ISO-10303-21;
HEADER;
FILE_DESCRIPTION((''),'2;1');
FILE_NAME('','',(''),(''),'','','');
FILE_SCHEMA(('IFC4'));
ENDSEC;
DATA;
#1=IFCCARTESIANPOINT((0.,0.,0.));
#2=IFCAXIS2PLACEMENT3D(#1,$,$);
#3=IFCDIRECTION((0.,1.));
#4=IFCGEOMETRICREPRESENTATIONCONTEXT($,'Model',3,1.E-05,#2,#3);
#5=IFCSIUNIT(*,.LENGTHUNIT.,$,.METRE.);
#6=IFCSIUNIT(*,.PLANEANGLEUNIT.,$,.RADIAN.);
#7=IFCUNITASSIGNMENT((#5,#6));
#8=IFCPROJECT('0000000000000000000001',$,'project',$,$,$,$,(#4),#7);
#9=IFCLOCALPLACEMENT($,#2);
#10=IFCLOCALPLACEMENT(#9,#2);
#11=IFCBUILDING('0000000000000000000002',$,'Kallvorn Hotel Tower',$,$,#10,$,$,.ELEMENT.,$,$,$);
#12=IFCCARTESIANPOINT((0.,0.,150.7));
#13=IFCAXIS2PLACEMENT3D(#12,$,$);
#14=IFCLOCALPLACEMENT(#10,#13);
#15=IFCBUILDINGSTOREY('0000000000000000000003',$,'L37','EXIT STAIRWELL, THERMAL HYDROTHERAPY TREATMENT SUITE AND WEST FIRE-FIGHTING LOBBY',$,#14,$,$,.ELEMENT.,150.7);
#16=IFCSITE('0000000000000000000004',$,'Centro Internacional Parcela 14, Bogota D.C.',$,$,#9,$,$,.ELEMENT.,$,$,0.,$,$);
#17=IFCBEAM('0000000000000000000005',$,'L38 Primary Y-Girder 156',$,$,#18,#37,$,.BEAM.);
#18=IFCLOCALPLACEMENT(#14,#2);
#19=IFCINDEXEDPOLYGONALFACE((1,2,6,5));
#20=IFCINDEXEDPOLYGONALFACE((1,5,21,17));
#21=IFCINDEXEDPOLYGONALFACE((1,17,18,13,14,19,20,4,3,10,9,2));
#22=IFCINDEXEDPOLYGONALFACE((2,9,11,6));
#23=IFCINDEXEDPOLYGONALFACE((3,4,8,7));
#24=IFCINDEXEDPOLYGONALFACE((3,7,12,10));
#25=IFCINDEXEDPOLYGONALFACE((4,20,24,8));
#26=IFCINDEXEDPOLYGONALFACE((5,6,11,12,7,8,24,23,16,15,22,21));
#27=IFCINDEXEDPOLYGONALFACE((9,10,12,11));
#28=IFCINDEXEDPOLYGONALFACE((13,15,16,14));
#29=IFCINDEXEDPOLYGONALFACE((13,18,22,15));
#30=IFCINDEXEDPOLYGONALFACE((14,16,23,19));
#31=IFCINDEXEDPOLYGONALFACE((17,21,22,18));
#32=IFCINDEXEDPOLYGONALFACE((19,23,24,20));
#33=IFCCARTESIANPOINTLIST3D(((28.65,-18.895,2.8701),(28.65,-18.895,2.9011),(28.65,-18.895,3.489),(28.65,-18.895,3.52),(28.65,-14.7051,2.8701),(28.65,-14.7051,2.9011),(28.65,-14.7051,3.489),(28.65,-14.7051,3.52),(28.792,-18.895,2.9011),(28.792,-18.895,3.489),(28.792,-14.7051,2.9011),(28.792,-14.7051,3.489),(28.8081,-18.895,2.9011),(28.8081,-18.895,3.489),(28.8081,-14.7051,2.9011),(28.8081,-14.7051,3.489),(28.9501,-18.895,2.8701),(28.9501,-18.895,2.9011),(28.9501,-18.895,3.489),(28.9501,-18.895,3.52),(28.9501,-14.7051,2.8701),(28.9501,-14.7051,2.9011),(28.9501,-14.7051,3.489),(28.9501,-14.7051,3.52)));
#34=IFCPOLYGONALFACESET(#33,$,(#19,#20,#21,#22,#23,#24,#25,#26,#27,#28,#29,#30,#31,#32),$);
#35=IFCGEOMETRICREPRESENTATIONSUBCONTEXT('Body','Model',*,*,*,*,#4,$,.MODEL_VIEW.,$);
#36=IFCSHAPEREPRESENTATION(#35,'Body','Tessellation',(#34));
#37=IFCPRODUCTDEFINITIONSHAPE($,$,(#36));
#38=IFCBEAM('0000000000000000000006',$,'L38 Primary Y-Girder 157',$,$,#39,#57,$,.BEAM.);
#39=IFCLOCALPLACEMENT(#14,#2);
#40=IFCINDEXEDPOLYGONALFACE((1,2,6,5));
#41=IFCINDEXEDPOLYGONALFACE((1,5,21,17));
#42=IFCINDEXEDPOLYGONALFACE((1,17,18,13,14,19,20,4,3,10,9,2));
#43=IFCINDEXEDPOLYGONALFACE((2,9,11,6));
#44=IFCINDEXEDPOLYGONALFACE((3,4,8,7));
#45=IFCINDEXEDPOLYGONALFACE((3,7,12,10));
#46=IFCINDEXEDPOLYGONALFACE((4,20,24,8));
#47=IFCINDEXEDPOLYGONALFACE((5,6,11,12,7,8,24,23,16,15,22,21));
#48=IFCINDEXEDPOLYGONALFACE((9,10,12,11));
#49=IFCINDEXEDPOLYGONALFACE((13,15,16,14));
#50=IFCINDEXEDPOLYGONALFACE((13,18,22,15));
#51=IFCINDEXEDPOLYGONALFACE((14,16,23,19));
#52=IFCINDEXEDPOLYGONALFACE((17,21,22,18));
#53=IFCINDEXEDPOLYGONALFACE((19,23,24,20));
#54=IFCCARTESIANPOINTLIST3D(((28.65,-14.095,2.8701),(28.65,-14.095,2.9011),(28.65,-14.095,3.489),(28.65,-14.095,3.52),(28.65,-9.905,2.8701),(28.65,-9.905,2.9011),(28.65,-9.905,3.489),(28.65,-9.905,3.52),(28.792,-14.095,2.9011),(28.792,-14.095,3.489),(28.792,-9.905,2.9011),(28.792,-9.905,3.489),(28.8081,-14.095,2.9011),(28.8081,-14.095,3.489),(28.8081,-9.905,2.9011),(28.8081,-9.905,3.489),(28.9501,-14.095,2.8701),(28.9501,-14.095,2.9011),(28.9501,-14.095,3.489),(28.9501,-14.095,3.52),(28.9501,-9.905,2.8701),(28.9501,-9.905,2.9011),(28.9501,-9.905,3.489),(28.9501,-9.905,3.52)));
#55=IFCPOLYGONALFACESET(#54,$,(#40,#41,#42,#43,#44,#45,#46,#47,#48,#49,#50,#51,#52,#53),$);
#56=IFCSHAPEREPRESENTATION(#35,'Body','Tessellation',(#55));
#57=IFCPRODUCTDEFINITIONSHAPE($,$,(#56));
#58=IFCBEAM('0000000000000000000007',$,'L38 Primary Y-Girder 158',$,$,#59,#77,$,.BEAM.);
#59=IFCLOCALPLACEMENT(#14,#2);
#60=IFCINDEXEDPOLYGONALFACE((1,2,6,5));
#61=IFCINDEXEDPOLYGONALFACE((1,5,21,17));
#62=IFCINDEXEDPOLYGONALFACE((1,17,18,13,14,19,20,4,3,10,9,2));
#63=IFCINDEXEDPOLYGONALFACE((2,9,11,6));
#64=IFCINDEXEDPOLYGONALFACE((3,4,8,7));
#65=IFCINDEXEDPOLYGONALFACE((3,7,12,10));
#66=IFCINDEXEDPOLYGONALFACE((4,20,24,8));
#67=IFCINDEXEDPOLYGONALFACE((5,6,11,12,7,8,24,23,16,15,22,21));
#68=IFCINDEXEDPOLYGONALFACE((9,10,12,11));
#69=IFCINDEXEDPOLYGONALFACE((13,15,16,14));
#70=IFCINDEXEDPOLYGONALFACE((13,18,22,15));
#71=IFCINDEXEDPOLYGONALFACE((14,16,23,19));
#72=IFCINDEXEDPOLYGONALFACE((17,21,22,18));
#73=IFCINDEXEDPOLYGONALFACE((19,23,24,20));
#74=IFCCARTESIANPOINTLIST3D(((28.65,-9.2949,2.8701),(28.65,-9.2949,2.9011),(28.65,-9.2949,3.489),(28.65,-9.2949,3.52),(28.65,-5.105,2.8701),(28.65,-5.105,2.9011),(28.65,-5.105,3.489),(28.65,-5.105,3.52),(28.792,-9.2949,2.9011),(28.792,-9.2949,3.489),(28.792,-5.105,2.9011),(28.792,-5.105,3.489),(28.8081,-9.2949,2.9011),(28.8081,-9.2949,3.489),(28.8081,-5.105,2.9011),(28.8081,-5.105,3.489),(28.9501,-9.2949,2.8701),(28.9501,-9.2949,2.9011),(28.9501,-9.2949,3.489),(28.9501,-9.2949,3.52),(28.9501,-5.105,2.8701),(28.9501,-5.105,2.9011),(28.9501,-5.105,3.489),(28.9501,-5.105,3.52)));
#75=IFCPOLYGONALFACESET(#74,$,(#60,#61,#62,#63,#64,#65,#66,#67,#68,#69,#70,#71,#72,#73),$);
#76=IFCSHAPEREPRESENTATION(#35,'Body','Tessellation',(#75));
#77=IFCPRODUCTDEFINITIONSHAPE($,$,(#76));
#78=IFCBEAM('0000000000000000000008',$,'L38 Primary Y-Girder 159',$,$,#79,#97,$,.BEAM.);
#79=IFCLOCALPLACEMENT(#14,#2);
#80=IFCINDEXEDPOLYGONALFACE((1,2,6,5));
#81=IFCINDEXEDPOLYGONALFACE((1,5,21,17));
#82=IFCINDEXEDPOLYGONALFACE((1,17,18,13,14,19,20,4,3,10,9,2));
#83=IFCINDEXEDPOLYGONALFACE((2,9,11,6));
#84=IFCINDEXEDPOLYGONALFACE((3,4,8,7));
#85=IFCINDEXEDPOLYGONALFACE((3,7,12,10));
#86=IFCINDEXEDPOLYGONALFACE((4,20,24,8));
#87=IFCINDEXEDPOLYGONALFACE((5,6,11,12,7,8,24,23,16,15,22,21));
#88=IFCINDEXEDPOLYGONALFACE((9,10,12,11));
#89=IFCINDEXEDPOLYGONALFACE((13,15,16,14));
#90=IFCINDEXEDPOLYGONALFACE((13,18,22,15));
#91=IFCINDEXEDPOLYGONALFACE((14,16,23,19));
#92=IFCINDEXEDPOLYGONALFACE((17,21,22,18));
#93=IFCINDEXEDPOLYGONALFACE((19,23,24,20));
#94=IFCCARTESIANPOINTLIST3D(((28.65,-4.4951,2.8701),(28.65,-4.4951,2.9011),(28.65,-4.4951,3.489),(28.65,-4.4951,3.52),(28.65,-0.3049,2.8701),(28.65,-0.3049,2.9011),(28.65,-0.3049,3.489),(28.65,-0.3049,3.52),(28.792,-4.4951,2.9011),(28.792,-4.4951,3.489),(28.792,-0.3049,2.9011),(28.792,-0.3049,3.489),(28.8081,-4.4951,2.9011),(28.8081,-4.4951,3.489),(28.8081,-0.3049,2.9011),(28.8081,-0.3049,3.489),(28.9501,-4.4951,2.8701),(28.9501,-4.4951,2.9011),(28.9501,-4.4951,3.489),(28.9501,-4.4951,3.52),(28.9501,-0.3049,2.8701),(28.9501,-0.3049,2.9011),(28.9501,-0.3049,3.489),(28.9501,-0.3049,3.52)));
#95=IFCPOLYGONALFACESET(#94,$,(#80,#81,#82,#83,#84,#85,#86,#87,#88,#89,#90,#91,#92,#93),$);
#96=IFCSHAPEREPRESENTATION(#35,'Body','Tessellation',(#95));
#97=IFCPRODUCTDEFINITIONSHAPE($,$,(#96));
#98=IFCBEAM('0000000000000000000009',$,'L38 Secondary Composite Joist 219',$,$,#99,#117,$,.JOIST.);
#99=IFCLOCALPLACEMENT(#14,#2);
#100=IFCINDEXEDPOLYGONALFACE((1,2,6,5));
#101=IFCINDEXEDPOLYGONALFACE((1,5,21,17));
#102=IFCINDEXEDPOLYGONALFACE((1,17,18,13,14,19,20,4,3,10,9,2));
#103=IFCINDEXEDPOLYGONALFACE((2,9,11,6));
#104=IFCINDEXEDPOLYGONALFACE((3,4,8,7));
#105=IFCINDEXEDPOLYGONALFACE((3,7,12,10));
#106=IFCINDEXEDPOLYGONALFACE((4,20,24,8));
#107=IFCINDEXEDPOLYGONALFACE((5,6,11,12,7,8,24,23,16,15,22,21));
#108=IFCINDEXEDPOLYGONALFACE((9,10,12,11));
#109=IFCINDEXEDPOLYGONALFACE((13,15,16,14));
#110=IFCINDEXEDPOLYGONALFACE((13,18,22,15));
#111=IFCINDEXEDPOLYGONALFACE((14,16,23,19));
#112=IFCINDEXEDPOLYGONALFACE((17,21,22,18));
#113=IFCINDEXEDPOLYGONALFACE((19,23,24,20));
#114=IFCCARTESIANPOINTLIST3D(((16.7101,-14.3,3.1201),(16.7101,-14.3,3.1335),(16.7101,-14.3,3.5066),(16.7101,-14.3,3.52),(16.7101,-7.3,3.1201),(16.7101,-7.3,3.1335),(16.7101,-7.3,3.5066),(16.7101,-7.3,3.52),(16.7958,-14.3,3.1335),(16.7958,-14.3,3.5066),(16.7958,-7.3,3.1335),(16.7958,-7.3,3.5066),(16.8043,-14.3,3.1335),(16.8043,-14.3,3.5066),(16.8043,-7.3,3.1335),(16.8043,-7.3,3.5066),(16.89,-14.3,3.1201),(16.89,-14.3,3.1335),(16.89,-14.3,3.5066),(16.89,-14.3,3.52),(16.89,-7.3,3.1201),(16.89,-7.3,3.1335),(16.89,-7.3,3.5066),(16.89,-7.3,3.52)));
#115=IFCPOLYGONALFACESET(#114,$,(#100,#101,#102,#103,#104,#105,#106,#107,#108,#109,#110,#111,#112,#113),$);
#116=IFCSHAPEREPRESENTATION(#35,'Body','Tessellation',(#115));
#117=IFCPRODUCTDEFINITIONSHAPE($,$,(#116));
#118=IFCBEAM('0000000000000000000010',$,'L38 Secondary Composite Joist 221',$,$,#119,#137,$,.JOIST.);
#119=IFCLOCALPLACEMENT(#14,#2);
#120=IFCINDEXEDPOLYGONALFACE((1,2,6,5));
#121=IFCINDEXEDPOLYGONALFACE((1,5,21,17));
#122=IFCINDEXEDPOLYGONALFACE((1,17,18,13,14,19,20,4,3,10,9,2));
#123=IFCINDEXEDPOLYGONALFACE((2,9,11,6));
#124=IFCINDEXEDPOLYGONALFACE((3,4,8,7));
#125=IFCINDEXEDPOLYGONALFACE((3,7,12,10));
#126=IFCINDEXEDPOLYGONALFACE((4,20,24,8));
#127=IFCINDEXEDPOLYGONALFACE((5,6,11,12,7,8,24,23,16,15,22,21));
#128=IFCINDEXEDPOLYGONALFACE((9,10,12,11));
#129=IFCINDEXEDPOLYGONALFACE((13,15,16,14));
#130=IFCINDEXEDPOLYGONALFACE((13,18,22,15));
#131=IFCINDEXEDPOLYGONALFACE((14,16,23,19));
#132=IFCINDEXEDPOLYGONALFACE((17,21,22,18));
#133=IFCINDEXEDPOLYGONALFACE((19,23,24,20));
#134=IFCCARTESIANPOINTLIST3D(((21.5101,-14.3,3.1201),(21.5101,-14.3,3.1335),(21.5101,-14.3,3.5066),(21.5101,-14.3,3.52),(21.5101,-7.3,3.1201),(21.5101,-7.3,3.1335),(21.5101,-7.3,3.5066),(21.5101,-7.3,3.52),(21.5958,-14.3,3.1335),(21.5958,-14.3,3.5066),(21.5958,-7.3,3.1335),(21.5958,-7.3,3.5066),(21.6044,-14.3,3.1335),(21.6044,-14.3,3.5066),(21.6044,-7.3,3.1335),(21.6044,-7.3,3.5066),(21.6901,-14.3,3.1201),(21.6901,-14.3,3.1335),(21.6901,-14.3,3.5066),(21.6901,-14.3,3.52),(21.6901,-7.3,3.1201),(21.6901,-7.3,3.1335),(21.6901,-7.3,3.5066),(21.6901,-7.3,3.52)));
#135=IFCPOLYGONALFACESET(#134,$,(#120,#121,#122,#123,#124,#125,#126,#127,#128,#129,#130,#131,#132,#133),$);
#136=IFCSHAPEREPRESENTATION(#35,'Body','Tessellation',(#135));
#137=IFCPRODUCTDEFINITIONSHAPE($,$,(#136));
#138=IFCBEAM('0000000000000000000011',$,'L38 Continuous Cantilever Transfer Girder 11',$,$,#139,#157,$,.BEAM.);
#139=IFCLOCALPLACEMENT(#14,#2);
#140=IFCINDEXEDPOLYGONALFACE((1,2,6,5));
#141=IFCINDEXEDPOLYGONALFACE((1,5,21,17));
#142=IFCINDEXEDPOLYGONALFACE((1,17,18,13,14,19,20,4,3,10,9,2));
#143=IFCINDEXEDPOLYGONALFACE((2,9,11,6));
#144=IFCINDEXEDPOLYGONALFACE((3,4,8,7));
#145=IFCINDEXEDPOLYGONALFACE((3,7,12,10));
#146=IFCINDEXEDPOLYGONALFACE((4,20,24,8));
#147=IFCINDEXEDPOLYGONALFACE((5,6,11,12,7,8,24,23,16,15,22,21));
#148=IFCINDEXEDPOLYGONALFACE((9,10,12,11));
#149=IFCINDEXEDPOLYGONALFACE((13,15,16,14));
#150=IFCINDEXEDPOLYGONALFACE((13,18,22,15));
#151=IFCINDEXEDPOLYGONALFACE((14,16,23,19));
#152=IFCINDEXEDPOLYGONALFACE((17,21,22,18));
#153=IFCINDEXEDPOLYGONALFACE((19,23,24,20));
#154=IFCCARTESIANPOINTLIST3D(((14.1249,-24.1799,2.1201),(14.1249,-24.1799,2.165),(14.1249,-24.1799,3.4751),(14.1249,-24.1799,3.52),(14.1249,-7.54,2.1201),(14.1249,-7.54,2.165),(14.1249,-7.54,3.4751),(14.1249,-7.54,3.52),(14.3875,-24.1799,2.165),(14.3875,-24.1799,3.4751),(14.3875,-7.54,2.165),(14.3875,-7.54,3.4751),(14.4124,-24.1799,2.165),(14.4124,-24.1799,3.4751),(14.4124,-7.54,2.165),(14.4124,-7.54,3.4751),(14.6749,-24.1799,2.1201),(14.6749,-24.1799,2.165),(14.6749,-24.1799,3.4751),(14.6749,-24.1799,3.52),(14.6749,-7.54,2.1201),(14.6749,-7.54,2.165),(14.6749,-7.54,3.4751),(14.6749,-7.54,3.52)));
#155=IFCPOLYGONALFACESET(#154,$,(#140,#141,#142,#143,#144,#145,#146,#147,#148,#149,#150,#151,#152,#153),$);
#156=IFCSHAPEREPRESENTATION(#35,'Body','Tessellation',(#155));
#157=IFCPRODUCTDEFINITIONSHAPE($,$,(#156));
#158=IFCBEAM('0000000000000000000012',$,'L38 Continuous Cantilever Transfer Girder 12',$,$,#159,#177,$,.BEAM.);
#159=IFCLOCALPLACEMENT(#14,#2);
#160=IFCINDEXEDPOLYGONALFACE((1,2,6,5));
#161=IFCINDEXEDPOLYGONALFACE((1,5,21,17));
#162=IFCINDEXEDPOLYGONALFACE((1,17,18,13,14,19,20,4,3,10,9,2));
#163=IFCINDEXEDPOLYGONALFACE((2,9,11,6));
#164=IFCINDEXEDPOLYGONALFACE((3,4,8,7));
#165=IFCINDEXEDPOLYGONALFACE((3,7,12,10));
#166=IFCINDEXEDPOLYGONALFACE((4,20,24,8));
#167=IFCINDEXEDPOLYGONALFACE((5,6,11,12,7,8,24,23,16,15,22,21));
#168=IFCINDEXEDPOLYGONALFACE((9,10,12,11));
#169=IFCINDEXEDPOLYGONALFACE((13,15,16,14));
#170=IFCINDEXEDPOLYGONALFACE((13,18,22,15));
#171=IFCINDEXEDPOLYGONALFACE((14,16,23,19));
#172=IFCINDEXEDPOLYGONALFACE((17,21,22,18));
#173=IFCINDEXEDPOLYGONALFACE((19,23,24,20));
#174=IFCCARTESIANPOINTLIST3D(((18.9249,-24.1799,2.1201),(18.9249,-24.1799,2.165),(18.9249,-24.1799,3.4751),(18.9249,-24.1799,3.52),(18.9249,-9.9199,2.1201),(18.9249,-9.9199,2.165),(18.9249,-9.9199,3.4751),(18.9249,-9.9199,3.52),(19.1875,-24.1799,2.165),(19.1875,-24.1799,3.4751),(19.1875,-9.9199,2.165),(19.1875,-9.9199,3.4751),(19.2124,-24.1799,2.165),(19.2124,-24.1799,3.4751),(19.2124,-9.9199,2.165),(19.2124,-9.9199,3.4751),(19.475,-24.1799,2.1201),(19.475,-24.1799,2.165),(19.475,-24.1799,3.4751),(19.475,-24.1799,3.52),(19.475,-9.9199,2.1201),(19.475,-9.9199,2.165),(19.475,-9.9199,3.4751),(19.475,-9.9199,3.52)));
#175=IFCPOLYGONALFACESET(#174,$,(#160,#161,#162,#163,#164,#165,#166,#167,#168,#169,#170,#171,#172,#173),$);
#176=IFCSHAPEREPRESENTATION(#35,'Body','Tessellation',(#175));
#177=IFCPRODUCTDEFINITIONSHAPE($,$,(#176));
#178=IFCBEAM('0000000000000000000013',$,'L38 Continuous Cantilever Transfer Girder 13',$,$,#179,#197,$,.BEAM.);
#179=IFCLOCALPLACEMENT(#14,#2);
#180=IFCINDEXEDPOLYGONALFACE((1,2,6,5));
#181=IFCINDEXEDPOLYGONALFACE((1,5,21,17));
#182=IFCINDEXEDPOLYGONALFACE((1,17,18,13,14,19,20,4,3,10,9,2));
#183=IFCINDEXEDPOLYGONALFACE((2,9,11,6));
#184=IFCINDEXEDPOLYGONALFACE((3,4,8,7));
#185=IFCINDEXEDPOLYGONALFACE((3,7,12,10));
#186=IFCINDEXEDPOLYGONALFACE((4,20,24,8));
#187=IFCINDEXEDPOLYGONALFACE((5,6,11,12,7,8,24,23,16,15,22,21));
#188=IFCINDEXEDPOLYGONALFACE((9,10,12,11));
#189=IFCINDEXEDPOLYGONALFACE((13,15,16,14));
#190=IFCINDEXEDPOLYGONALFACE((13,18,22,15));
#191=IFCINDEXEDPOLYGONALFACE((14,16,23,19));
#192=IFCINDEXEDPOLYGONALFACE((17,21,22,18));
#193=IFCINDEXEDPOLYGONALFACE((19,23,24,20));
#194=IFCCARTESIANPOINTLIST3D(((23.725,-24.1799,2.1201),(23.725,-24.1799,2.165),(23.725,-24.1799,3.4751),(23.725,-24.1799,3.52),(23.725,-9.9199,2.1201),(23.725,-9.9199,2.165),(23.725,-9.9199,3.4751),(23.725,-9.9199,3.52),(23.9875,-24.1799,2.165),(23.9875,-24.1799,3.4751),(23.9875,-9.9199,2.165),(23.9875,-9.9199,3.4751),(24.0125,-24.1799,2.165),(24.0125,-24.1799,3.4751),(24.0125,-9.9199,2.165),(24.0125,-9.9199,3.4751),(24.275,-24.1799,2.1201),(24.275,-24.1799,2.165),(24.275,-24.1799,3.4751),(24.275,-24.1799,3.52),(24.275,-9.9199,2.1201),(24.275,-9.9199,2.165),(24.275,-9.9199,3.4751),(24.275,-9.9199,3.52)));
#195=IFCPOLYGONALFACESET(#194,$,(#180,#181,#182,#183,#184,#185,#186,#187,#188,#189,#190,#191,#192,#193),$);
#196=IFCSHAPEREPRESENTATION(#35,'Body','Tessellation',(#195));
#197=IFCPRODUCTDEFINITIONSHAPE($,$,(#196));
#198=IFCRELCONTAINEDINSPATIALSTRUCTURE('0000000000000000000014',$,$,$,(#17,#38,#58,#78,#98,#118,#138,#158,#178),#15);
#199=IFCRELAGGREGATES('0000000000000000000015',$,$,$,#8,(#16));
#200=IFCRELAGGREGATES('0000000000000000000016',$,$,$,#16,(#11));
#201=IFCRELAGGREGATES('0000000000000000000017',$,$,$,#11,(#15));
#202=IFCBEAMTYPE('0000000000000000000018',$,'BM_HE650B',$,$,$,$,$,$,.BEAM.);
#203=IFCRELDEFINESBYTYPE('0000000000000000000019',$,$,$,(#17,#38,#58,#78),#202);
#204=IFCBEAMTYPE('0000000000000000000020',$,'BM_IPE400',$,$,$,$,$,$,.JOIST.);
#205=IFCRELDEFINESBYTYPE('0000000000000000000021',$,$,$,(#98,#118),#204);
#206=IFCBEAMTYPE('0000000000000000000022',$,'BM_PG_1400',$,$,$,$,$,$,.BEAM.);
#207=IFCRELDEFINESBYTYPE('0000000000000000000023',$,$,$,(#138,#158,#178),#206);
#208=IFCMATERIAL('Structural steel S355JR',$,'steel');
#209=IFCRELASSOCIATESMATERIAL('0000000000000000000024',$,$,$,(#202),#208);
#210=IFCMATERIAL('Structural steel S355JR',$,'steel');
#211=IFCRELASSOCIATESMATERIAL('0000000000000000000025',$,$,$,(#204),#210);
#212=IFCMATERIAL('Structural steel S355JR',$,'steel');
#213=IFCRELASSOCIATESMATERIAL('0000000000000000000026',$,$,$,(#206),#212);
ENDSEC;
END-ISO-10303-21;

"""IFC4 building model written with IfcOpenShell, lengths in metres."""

from ifc_helpers import new_model, si_unit, direction, frame, origin, origin_2d, place, context, subcontext, project, spatial, i_section, extrude, material, material_profile, profile_set, type_object, element, save


model = new_model("IFC4")

# Units and contexts
model_context = context("Model", 3, precision=1e-05, world=origin(), true_north=direction((0.0, 1.0)))
body_context = subcontext(model_context, "Body", "Model", "MODEL_VIEW")
ifc_project = project(units=[si_unit("LENGTHUNIT", "METRE"), si_unit("PLANEANGLEUNIT", "RADIAN")], contexts=[model_context])

# Site, building, storey
site_placement = place(None, origin())
site = spatial("IfcSite", under=ifc_project, at=site_placement, Name="Centro Internacional Parcela 14, Bogota D.C.", CompositionType="ELEMENT", RefElevation=0.0)
building_placement = place(site_placement, origin())
building = spatial("IfcBuilding", under=site, at=building_placement, Name="Kallvorn Hotel Tower", CompositionType="ELEMENT")
storey_placement = place(building_placement, frame((0.0, 0.0, 150.7)))
storey = spatial("IfcBuildingStorey", under=building, at=storey_placement, Name="L37", Description="EXIT STAIRWELL, THERMAL HYDROTHERAPY TREATMENT SUITE AND WEST FIRE-FIGHTING LOBBY", CompositionType="ELEMENT", Elevation=150.7)

# Beams
ifc_material_1 = material(Name="Structural steel S355JR", Category="steel")
ifc_material_profile_1 = material_profile(ifc_material_1, i_section(OverallWidth=0.3, OverallDepth=0.6499, WebThickness=0.0161, FlangeThickness=0.031, at=origin_2d()), Name="HE 650 B")
ifc_profile_set_1 = profile_set([ifc_material_profile_1], Name="Structural steel S355JR")
beam_type_1 = type_object("IfcBeamType", Name="BM_HE650B", PredefinedType="BEAM", material=ifc_profile_set_1)
for number, where, z_axis, x_axis, name in (
    (1, (28.8, -18.895, 3.1951), (0.0, 1.0, 0.0), (-1.0, 0.0, 0.0), "L38 Primary Y-Girder 156"),
    (2, (28.8, -14.095, 3.1951), (0.0, 1.0, 0.0), (-1.0, 0.0, 0.0), "L38 Primary Y-Girder 157"),
    (3, (28.8, -9.2949, 3.1951), (0.0, 1.0, 0.0), (-1.0, 0.0, 0.0), "L38 Primary Y-Girder 158"),
):
    element("IfcBeam", number, at=place(storey_placement, frame(where, z_axis=z_axis, x_axis=x_axis)), inside=storey, type_object=beam_type_1, Name=name, PredefinedType="BEAM", context=body_context, shape_type="SweptSolid", body=[
        extrude(i_section(OverallWidth=0.3, OverallDepth=0.6499, WebThickness=0.0161, FlangeThickness=0.031, at=origin_2d()), origin(), (0.0, 0.0, 1.0), 4.1899),
    ])
beam_1_placement = place(storey_placement, frame((28.8, -4.4951, 3.1951), z_axis=(0.0, 1.0, 0.0), x_axis=(-1.0, 0.0, 0.0)))
element("IfcBeam", 4, at=beam_1_placement, inside=storey, type_object=beam_type_1, Name="L38 Primary Y-Girder 159", PredefinedType="BEAM", context=body_context, shape_type="SweptSolid", body=[
    extrude(i_section(OverallWidth=0.3, OverallDepth=0.6499, WebThickness=0.0161, FlangeThickness=0.031, at=origin_2d()), origin(), (0.0, 0.0, 1.0), 4.1902),
])
ifc_material_2 = material(Name="Structural steel S355JR", Category="steel")
ifc_material_profile_2 = material_profile(ifc_material_2, i_section(OverallWidth=0.1799, OverallDepth=0.3999, WebThickness=0.0085, FlangeThickness=0.0134, at=origin_2d()), Name="IPE 400")
ifc_profile_set_2 = profile_set([ifc_material_profile_2], Name="Structural steel S355JR")
beam_type_2 = type_object("IfcBeamType", Name="BM_IPE400", PredefinedType="JOIST", material=ifc_profile_set_2)
for number, where, z_axis, x_axis, name in (
    (5, (16.8, -14.3, 3.3201), (0.0, 1.0, 0.0), (-1.0, 0.0, 0.0), "L38 Secondary Composite Joist 219"),
    (6, (21.6001, -14.3, 3.3201), (0.0, 1.0, 0.0), (-1.0, 0.0, 0.0), "L38 Secondary Composite Joist 221"),
):
    element("IfcBeam", number, at=place(storey_placement, frame(where, z_axis=z_axis, x_axis=x_axis)), inside=storey, type_object=beam_type_2, Name=name, PredefinedType="JOIST", context=body_context, shape_type="SweptSolid", body=[
        extrude(i_section(OverallWidth=0.1799, OverallDepth=0.3999, WebThickness=0.0085, FlangeThickness=0.0134, at=origin_2d()), origin(), (0.0, 0.0, 1.0), 7.0),
    ])
ifc_material_3 = material(Name="Structural steel S355JR", Category="steel")
ifc_material_profile_3 = material_profile(ifc_material_3, i_section(OverallWidth=0.55, OverallDepth=1.3999, WebThickness=0.0249, FlangeThickness=0.0449, at=origin_2d()), Name="PG 1400x550x25x45")
ifc_profile_set_3 = profile_set([ifc_material_profile_3], Name="Structural steel S355JR")
beam_type_3 = type_object("IfcBeamType", Name="BM_PG_1400", PredefinedType="BEAM", material=ifc_profile_set_3)
beam_2_placement = place(storey_placement, frame((14.3999, -7.54, 2.8201), z_axis=(0.0, -1.0, 0.0), x_axis=(1.0, 0.0, 0.0)))
element("IfcBeam", 7, at=beam_2_placement, inside=storey, type_object=beam_type_3, Name="L38 Continuous Cantilever Transfer Girder 11", PredefinedType="BEAM", context=body_context, shape_type="SweptSolid", body=[
    extrude(i_section(OverallWidth=0.55, OverallDepth=1.3999, WebThickness=0.0249, FlangeThickness=0.0449, at=origin_2d()), origin(), (0.0, 0.0, 1.0), 16.6399),
])
for number, where, z_axis, x_axis, name in (
    (8, (19.2, -9.9199, 2.8201), (0.0, -1.0, 0.0), (1.0, 0.0, 0.0), "L38 Continuous Cantilever Transfer Girder 12"),
    (9, (24.0, -9.9199, 2.8201), (0.0, -1.0, 0.0), (1.0, 0.0, 0.0), "L38 Continuous Cantilever Transfer Girder 13"),
):
    element("IfcBeam", number, at=place(storey_placement, frame(where, z_axis=z_axis, x_axis=x_axis)), inside=storey, type_object=beam_type_3, Name=name, PredefinedType="BEAM", context=body_context, shape_type="SweptSolid", body=[
        extrude(i_section(OverallWidth=0.55, OverallDepth=1.3999, WebThickness=0.0249, FlangeThickness=0.0449, at=origin_2d()), origin(), (0.0, 0.0, 1.0), 14.26),
    ])

save(model, "model.ifc")
